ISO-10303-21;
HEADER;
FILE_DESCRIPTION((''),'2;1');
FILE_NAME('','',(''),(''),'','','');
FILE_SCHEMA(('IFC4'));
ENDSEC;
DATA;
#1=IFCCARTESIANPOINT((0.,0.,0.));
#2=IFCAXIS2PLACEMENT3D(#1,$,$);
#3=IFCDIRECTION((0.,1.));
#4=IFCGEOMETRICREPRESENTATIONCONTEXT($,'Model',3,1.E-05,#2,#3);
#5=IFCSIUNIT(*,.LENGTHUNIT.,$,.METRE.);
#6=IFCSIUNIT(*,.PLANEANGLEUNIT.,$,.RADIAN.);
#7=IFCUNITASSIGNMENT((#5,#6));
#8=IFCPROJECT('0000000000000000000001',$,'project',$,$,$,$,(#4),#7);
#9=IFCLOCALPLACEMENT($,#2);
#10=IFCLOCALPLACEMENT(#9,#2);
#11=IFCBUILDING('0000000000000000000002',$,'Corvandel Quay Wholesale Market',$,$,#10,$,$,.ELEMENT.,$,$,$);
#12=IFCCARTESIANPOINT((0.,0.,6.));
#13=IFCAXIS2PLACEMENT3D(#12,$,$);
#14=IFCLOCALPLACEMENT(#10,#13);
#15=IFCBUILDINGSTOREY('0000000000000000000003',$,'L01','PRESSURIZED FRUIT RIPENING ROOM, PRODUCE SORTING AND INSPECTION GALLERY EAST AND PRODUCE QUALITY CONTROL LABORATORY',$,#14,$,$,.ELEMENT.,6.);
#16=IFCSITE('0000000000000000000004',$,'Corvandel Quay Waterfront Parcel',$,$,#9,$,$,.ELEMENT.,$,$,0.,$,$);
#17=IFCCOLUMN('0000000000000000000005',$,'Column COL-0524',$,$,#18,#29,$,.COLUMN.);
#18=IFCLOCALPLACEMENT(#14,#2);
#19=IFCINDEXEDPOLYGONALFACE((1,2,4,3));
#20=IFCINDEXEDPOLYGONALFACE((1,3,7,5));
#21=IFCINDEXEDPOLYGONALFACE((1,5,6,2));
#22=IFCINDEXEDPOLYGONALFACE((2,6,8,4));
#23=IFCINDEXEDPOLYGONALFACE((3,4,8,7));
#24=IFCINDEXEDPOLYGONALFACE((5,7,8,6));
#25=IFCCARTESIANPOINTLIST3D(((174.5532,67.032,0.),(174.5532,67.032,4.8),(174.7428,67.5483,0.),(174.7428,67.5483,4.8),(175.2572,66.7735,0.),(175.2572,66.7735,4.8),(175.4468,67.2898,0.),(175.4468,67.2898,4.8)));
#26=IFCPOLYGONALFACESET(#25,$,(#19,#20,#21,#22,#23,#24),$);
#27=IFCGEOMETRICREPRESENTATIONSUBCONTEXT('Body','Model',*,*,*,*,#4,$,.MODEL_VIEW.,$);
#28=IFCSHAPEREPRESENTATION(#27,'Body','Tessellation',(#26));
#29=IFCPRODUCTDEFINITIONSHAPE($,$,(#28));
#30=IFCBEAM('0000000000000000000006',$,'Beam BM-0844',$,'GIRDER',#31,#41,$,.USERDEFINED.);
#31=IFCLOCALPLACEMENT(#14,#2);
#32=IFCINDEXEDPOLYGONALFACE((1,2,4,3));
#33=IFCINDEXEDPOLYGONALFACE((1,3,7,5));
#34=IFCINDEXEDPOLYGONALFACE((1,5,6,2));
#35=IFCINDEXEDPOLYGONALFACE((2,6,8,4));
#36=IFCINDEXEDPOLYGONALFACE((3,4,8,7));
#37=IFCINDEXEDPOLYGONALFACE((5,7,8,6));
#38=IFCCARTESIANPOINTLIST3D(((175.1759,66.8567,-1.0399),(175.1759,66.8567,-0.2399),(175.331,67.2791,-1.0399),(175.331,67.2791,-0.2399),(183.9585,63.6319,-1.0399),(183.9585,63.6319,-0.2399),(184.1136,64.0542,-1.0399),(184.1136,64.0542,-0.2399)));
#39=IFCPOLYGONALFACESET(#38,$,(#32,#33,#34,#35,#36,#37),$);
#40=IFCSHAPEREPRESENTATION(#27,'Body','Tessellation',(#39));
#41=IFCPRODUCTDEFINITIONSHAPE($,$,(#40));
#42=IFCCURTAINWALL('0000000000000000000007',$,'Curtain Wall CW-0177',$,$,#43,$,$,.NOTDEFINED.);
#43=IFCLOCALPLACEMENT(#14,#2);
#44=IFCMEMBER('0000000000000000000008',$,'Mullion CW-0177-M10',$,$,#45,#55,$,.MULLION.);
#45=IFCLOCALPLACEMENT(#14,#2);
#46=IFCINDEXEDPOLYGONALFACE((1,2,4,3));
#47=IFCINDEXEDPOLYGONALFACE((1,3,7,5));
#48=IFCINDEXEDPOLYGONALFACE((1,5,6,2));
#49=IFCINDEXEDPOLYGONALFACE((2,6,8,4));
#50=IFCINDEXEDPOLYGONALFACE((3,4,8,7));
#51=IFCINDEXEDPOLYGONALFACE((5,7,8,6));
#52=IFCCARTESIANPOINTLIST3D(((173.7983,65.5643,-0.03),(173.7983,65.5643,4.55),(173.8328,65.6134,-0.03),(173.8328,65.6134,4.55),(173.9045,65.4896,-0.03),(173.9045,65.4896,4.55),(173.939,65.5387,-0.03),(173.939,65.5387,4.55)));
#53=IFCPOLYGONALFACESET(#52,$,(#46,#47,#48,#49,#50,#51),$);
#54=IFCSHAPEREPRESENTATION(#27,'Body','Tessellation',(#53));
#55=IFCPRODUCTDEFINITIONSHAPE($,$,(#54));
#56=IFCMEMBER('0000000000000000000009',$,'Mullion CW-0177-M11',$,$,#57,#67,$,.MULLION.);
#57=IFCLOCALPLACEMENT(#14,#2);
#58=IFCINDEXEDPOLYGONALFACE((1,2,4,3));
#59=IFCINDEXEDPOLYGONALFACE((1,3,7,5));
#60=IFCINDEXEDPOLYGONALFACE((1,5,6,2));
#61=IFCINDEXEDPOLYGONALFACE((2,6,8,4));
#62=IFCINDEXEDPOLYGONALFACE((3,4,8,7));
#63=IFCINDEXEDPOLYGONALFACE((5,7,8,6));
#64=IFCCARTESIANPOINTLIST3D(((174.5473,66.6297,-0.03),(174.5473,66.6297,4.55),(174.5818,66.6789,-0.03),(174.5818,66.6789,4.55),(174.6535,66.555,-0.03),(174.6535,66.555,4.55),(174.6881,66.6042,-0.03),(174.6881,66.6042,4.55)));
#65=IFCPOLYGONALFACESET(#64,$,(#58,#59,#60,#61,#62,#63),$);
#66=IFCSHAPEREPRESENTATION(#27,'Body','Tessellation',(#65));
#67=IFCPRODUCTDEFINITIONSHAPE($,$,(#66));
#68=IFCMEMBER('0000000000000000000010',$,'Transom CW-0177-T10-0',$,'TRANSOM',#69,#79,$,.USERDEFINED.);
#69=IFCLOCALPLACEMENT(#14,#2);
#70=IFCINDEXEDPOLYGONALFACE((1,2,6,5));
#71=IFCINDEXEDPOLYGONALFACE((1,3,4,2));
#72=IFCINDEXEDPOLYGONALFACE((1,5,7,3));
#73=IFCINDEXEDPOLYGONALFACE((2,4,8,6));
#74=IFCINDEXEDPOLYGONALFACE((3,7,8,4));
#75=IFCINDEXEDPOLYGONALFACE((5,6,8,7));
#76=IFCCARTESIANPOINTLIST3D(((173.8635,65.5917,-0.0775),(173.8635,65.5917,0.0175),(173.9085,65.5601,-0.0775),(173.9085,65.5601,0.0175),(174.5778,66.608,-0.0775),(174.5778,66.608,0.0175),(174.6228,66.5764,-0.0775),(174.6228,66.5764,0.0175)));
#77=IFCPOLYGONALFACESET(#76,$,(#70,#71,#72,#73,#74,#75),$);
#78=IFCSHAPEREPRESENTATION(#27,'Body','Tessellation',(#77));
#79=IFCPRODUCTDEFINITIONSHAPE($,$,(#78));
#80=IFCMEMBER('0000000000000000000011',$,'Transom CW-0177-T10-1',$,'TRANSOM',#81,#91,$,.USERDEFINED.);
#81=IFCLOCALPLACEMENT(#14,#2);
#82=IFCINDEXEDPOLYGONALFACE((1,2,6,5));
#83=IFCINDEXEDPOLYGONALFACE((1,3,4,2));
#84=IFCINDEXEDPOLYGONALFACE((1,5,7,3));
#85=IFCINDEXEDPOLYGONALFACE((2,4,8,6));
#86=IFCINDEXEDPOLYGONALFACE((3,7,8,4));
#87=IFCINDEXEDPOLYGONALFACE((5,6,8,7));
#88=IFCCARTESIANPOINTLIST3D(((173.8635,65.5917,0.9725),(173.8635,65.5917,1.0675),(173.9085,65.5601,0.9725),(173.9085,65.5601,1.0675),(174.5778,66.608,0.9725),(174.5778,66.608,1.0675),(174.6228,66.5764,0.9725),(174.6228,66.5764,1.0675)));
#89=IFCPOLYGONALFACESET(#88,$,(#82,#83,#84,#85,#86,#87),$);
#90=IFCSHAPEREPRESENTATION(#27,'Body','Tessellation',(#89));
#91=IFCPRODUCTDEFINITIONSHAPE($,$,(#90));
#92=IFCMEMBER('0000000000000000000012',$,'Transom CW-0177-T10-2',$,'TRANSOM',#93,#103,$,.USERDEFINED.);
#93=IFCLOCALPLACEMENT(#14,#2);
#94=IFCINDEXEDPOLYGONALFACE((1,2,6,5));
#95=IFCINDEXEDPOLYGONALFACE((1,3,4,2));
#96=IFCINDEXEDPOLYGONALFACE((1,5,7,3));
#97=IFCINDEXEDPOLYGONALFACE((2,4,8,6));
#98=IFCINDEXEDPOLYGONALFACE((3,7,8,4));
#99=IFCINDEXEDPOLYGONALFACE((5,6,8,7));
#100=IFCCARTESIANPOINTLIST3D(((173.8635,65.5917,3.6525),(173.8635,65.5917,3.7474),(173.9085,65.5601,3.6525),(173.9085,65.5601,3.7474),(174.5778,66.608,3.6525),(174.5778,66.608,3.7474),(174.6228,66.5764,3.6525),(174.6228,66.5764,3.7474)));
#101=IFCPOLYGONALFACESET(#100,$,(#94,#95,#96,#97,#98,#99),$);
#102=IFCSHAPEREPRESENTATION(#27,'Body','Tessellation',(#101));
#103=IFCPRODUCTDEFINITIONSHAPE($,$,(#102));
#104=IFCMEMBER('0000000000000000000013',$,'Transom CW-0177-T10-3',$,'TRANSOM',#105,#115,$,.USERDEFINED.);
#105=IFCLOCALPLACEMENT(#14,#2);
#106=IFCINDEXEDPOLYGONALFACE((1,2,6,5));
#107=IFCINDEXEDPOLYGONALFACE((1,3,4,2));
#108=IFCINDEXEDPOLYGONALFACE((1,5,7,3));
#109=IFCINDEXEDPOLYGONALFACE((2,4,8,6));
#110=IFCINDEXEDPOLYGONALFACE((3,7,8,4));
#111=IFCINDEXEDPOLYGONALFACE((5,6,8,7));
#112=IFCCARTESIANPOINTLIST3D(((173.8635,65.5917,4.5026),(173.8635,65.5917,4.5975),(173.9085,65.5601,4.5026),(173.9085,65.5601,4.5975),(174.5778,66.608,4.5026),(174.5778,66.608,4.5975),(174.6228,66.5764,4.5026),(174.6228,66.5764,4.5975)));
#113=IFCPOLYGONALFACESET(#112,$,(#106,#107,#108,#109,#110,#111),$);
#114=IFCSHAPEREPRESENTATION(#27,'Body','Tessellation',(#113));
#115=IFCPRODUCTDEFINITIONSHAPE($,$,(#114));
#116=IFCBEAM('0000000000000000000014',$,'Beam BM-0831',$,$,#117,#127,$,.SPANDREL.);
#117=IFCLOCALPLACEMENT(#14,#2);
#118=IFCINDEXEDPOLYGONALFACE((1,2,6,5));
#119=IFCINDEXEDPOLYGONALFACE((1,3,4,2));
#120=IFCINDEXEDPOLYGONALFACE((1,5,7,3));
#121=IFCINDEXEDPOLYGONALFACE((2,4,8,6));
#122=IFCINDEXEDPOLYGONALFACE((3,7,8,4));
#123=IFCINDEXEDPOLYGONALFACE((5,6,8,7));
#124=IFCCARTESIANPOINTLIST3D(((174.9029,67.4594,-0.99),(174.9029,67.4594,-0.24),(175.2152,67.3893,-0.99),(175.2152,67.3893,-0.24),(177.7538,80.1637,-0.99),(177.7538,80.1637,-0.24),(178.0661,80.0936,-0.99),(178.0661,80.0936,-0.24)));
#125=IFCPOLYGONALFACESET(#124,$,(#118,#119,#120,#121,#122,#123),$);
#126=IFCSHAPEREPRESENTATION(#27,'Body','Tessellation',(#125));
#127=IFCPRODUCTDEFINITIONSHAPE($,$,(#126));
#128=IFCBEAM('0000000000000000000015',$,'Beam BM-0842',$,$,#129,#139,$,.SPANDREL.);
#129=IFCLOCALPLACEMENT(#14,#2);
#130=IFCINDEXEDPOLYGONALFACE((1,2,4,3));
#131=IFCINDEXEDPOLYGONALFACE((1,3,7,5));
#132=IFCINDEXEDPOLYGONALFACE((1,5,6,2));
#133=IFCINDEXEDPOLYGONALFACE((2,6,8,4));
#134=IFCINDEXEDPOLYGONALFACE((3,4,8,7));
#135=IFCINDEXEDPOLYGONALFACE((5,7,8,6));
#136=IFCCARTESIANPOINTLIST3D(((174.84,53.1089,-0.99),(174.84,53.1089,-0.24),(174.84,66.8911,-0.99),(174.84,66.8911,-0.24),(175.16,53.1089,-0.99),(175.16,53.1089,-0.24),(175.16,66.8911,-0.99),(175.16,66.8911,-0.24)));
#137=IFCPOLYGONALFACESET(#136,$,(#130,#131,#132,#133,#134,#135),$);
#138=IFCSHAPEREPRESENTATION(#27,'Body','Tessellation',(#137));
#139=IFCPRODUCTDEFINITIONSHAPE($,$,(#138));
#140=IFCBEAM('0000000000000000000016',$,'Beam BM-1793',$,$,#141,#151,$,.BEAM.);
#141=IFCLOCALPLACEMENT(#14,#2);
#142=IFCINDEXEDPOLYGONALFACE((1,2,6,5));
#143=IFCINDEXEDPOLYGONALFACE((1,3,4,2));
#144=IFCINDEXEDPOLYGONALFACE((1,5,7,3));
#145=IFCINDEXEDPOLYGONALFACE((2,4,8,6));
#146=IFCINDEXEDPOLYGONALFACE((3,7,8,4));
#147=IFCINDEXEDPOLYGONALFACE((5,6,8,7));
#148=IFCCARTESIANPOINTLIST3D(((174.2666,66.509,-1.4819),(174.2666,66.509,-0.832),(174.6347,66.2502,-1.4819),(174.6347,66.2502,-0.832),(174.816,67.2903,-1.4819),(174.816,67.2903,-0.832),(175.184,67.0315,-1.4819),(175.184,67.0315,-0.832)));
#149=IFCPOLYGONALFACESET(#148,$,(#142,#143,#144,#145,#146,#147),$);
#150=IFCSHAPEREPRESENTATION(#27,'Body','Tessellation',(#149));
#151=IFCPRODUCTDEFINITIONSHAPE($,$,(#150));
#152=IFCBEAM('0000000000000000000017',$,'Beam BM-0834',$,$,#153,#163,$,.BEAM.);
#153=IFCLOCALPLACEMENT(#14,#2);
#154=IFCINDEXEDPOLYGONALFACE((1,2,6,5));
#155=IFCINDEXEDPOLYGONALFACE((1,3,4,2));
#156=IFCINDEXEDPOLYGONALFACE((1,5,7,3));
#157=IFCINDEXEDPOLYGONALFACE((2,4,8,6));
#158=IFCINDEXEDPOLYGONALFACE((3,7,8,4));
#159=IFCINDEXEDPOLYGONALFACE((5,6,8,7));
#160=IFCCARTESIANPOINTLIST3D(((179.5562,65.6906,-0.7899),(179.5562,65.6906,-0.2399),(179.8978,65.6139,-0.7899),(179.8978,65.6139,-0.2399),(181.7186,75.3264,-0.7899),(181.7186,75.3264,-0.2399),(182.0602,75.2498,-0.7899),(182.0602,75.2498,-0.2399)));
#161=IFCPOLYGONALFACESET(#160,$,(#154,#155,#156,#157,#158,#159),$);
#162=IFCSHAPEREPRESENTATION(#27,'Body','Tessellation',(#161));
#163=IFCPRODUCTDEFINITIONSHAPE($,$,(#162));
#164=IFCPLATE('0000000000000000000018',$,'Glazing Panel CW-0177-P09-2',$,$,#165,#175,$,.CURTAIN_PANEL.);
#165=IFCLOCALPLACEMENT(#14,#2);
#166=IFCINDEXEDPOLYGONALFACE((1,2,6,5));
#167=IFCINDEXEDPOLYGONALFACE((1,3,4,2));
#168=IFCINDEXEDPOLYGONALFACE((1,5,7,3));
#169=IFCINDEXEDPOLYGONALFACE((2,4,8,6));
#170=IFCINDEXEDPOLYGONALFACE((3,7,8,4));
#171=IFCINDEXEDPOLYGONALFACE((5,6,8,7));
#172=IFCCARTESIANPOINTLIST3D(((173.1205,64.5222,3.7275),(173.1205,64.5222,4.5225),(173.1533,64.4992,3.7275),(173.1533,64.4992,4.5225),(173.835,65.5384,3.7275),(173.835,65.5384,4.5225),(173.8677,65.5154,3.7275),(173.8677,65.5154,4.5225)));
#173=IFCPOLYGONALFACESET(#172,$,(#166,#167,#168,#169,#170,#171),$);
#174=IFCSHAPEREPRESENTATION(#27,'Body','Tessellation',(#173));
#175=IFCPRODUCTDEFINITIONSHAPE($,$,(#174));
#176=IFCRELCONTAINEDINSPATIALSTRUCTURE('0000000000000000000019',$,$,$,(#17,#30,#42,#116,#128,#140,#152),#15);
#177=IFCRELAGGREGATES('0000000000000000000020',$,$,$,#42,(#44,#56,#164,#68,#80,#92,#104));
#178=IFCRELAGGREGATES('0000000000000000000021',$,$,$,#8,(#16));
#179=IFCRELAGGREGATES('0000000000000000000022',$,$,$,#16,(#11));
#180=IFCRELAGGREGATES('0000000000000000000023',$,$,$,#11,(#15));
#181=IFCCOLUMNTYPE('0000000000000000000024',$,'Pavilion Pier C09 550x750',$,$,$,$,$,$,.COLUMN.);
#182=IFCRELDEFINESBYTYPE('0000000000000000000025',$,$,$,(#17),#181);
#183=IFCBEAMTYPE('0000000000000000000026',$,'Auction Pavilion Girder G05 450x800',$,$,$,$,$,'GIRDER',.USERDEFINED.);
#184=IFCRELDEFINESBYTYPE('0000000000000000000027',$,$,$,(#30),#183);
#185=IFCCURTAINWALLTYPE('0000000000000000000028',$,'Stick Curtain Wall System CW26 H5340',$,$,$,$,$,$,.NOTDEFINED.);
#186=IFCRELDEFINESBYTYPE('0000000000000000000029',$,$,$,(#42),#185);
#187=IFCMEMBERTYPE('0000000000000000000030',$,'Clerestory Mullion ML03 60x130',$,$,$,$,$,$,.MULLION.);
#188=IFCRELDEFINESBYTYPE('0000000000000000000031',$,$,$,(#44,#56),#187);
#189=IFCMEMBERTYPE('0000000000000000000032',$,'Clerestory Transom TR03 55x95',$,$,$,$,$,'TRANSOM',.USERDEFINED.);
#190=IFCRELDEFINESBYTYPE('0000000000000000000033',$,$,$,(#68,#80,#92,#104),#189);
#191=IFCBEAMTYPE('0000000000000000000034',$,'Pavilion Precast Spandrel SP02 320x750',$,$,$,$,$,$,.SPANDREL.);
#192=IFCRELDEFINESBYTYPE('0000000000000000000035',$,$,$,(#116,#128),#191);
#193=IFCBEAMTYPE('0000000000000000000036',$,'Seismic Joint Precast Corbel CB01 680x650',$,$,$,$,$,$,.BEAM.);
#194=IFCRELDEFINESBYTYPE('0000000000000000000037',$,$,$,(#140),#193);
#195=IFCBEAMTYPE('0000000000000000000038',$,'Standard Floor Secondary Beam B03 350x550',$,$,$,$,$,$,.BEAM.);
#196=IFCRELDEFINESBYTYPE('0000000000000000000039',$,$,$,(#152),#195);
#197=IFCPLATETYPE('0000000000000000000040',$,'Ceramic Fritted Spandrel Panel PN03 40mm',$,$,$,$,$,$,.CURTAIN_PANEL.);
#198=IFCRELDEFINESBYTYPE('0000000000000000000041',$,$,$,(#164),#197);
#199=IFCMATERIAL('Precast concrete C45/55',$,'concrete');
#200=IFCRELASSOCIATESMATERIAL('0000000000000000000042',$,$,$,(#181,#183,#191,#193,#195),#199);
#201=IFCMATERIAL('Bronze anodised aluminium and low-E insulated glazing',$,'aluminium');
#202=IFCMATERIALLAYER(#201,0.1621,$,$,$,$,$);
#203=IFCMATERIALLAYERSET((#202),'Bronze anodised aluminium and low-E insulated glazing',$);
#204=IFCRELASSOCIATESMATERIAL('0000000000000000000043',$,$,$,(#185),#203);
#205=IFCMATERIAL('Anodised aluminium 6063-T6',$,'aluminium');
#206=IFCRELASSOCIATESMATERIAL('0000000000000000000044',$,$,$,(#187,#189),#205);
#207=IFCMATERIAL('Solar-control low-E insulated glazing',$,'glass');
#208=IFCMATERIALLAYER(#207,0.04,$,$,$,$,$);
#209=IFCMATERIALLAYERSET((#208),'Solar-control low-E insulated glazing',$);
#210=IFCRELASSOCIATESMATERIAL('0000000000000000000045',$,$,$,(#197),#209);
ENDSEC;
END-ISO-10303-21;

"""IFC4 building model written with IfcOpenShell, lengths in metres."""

from ifc_helpers import new_model, si_unit, direction, frame, origin, origin_2d, place, context, subcontext, project, spatial, rectangle, extrude, material, layer, layer_set, material_profile, profile_set, type_object, element, aggregate, save


model = new_model("IFC4")

# Units and contexts
model_context = context("Model", 3, precision=1e-05, world=origin(), true_north=direction((0.0, 1.0)))
body_context = subcontext(model_context, "Body", "Model", "MODEL_VIEW")
ifc_project = project(units=[si_unit("LENGTHUNIT", "METRE"), si_unit("PLANEANGLEUNIT", "RADIAN")], contexts=[model_context])

# Site, building, storey
site_placement = place(None, origin())
site = spatial("IfcSite", under=ifc_project, at=site_placement, Name="Corvandel Quay Waterfront Parcel", CompositionType="ELEMENT", RefElevation=0.0)
building_placement = place(site_placement, origin())
building = spatial("IfcBuilding", under=site, at=building_placement, Name="Corvandel Quay Wholesale Market", CompositionType="ELEMENT")
storey_placement = place(building_placement, frame((0.0, 0.0, 6.0)))
storey = spatial("IfcBuildingStorey", under=building, at=storey_placement, Name="L01", Description="PRESSURIZED FRUIT RIPENING ROOM, PRODUCE SORTING AND INSPECTION GALLERY EAST AND PRODUCE QUALITY CONTROL LABORATORY", CompositionType="ELEMENT", Elevation=6.0)

# Column
ifc_material_1 = material(Name="Precast concrete C45/55", Category="concrete")
ifc_material_profile_1 = material_profile(ifc_material_1, rectangle(XDim=0.55, YDim=0.75, at=origin_2d()), Name="PC-COL-550x750")
ifc_profile_set_1 = profile_set([ifc_material_profile_1], Name="Precast concrete C45/55")
column_type = type_object("IfcColumnType", Name="Pavilion Pier C09 550x750", PredefinedType="COLUMN", material=ifc_profile_set_1)
column_placement = place(storey_placement, frame((175.0, 67.1609, 0.0), z_axis=(0.0, 0.0, 1.0), x_axis=(0.344643, 0.938734, 0.0)))
element("IfcColumn", 1, at=column_placement, inside=storey, type_object=column_type, Name="Column COL-0524", PredefinedType="COLUMN", context=body_context, shape_type="SweptSolid", body=[
    extrude(rectangle(XDim=0.55, YDim=0.75, at=origin_2d()), origin(), (0.0, 0.0, 1.0), 4.8),
])

# Beam
ifc_material_profile_2 = material_profile(ifc_material_1, rectangle(XDim=0.45, YDim=0.8, at=origin_2d()), Name="PC-GIR-450x800")
ifc_profile_set_2 = profile_set([ifc_material_profile_2], Name="Precast concrete C45/55")
beam_type_1 = type_object("IfcBeamType", Name="Auction Pavilion Girder G05 450x800", ElementType="GIRDER", PredefinedType="USERDEFINED", material=ifc_profile_set_2)
beam_1_placement = place(storey_placement, frame((175.2534, 67.0679, -0.6399), z_axis=(0.93872, -0.344681, 0.0), x_axis=(0.344681, 0.93872, 0.0)))
element("IfcBeam", 2, at=beam_1_placement, inside=storey, type_object=beam_type_1, Name="Beam BM-0844", ObjectType="GIRDER", PredefinedType="USERDEFINED", context=body_context, shape_type="SweptSolid", body=[
    extrude(rectangle(XDim=0.45, YDim=0.8, at=origin_2d()), origin(), (0.0, 0.0, 1.0), 9.356),
])

# Curtain wall, members
ifc_material_2 = material(Name="Bronze anodised aluminium and low-E insulated glazing", Category="aluminium")
ifc_layer_1 = layer(ifc_material_2, 0.1621)
ifc_layer_set_1 = layer_set([ifc_layer_1], Name="Bronze anodised aluminium and low-E insulated glazing")
curtain_wall_type = type_object("IfcCurtainWallType", Name="Stick Curtain Wall System CW26 H5340", PredefinedType="NOTDEFINED", material=ifc_layer_set_1)
curtain_wall_placement = place(storey_placement, origin())
curtain_wall = element("IfcCurtainWall", 3, at=curtain_wall_placement, inside=storey, type_object=curtain_wall_type, Name="Curtain Wall CW-0177", PredefinedType="NOTDEFINED")
ifc_material_3 = material(Name="Anodised aluminium 6063-T6", Category="aluminium")
ifc_material_profile_3 = material_profile(ifc_material_3, rectangle(XDim=0.0601, YDim=0.1299, at=origin_2d()), Name="ALU-MUL-60x130")
ifc_profile_set_3 = profile_set([ifc_material_profile_3], Name="Anodised aluminium 6063-T6")
member_type_1 = type_object("IfcMemberType", Name="Clerestory Mullion ML03 60x130", PredefinedType="MULLION", material=ifc_profile_set_3)
member_1_placement = place(storey_placement, frame((173.8687, 65.5515, -0.03), z_axis=(0.0, 0.0, 1.0), x_axis=(0.575148, 0.818049, 0.0)))
member_1 = element("IfcMember", 4, at=member_1_placement, type_object=member_type_1, Name="Mullion CW-0177-M10", PredefinedType="MULLION", context=body_context, shape_type="SweptSolid", body=[
    extrude(rectangle(XDim=0.0601, YDim=0.1299, at=origin_2d()), origin(), (0.0, 0.0, 1.0), 4.5801),
])
member_2_placement = place(storey_placement, frame((174.6177, 66.6169, -0.03), z_axis=(0.0, 0.0, 1.0), x_axis=(0.575148, 0.818049, 0.0)))
member_2 = element("IfcMember", 5, at=member_2_placement, type_object=member_type_1, Name="Mullion CW-0177-M11", PredefinedType="MULLION", context=body_context, shape_type="SweptSolid", body=[
    extrude(rectangle(XDim=0.0601, YDim=0.1299, at=origin_2d()), origin(), (0.0, 0.0, 1.0), 4.5801),
])
ifc_material_profile_4 = material_profile(ifc_material_3, rectangle(XDim=0.0549, YDim=0.095, at=origin_2d()), Name="ALU-TRN-55x95")
ifc_profile_set_4 = profile_set([ifc_material_profile_4], Name="Anodised aluminium 6063-T6")
member_type_2 = type_object("IfcMemberType", Name="Clerestory Transom TR03 55x95", ElementType="TRANSOM", PredefinedType="USERDEFINED", material=ifc_profile_set_4)
member_3_placement = place(storey_placement, frame((173.886, 65.5759, -0.03), z_axis=(0.575031, 0.818132, 0.0), x_axis=(-0.818132, 0.575031, 0.0)))
member_3 = element("IfcMember", 6, at=member_3_placement, type_object=member_type_2, Name="Transom CW-0177-T10-0", ObjectType="TRANSOM", PredefinedType="USERDEFINED", context=body_context, shape_type="SweptSolid", body=[
    extrude(rectangle(XDim=0.0549, YDim=0.095, at=origin_2d()), origin(), (0.0, 0.0, 1.0), 1.2422),
])
member_4_placement = place(storey_placement, frame((173.886, 65.5759, 1.02), z_axis=(0.575031, 0.818132, 0.0), x_axis=(-0.818132, 0.575031, 0.0)))
member_4 = element("IfcMember", 7, at=member_4_placement, type_object=member_type_2, Name="Transom CW-0177-T10-1", ObjectType="TRANSOM", PredefinedType="USERDEFINED", context=body_context, shape_type="SweptSolid", body=[
    extrude(rectangle(XDim=0.0549, YDim=0.095, at=origin_2d()), origin(), (0.0, 0.0, 1.0), 1.2422),
])
member_5_placement = place(storey_placement, frame((173.886, 65.5759, 3.7), z_axis=(0.575031, 0.818132, 0.0), x_axis=(-0.818132, 0.575031, 0.0)))
member_5 = element("IfcMember", 8, at=member_5_placement, type_object=member_type_2, Name="Transom CW-0177-T10-2", ObjectType="TRANSOM", PredefinedType="USERDEFINED", context=body_context, shape_type="SweptSolid", body=[
    extrude(rectangle(XDim=0.0549, YDim=0.095, at=origin_2d()), origin(), (0.0, 0.0, 1.0), 1.2422),
])
member_6_placement = place(storey_placement, frame((173.886, 65.5759, 4.55), z_axis=(0.575031, 0.818132, 0.0), x_axis=(-0.818132, 0.575031, 0.0)))
member_6 = element("IfcMember", 9, at=member_6_placement, type_object=member_type_2, Name="Transom CW-0177-T10-3", ObjectType="TRANSOM", PredefinedType="USERDEFINED", context=body_context, shape_type="SweptSolid", body=[
    extrude(rectangle(XDim=0.0549, YDim=0.095, at=origin_2d()), origin(), (0.0, 0.0, 1.0), 1.2422),
])

# Beams
ifc_material_profile_5 = material_profile(ifc_material_1, rectangle(XDim=0.3201, YDim=0.75, at=origin_2d()), Name="PC-SPN-320x750")
ifc_profile_set_5 = profile_set([ifc_material_profile_5], Name="Precast concrete C45/55")
beam_type_2 = type_object("IfcBeamType", Name="Pavilion Precast Spandrel SP02 320x750", PredefinedType="SPANDREL", material=ifc_profile_set_5)
beam_2_placement = place(storey_placement, frame((177.9099, 80.1287, -0.615), z_axis=(-0.218953, -0.975735, 0.0), x_axis=(0.975735, -0.218953, 0.0)))
element("IfcBeam", 10, at=beam_2_placement, inside=storey, type_object=beam_type_2, Name="Beam BM-0831", PredefinedType="SPANDREL", context=body_context, shape_type="SweptSolid", body=[
    extrude(rectangle(XDim=0.3201, YDim=0.75, at=origin_2d()), origin(), (0.0, 0.0, 1.0), 13.0203),
])
beam_3_placement = place(storey_placement, frame((175.0, 66.8911, -0.615), z_axis=(0.0, -1.0, 0.0), x_axis=(1.0, 0.0, 0.0)))
element("IfcBeam", 11, at=beam_3_placement, inside=storey, type_object=beam_type_2, Name="Beam BM-0842", PredefinedType="SPANDREL", context=body_context, shape_type="SweptSolid", body=[
    extrude(rectangle(XDim=0.3201, YDim=0.75, at=origin_2d()), origin(), (0.0, 0.0, 1.0), 13.7822),
])
ifc_material_profile_6 = material_profile(ifc_material_1, rectangle(XDim=0.45, YDim=0.6499, at=origin_2d()), Name="PC-COR-680x650")
ifc_profile_set_6 = profile_set([ifc_material_profile_6], Name="Precast concrete C45/55")
beam_type_3 = type_object("IfcBeamType", Name="Seismic Joint Precast Corbel CB01 680x650", PredefinedType="BEAM", material=ifc_profile_set_6)
beam_4_placement = place(storey_placement, frame((175.0, 67.1609, -1.157), z_axis=(-0.575177, -0.818029, 0.0), x_axis=(0.818029, -0.575177, 0.0)))
element("IfcBeam", 12, at=beam_4_placement, inside=storey, type_object=beam_type_3, Name="Beam BM-1793", PredefinedType="BEAM", context=body_context, shape_type="SweptSolid", body=[
    extrude(rectangle(XDim=0.45, YDim=0.6499, at=origin_2d()), origin(), (0.0, 0.0, 1.0), 0.9551),
])
ifc_material_profile_7 = material_profile(ifc_material_1, rectangle(XDim=0.3501, YDim=0.55, at=origin_2d()), Name="PC-BM-350x550")
ifc_profile_set_7 = profile_set([ifc_material_profile_7], Name="Precast concrete C45/55")
beam_type_4 = type_object("IfcBeamType", Name="Standard Floor Secondary Beam B03 350x550", PredefinedType="BEAM", material=ifc_profile_set_7)
beam_5_placement = place(storey_placement, frame((181.8894, 75.2881, -0.5149), z_axis=(-0.218964, -0.975733, 0.0), x_axis=(0.975733, -0.218964, 0.0)))
element("IfcBeam", 13, at=beam_5_placement, inside=storey, type_object=beam_type_4, Name="Beam BM-0834", PredefinedType="BEAM", context=body_context, shape_type="SweptSolid", body=[
    extrude(rectangle(XDim=0.3501, YDim=0.55, at=origin_2d()), origin(), (0.0, 0.0, 1.0), 9.8755),
])

# Plate
ifc_material_4 = material(Name="Solar-control low-E insulated glazing", Category="glass")
ifc_layer_2 = layer(ifc_material_4, 0.04)
ifc_layer_set_2 = layer_set([ifc_layer_2], Name="Solar-control low-E insulated glazing")
plate_type_1 = type_object("IfcPlateType", Name="Ceramic Fritted Spandrel Panel PN03 40mm", PredefinedType="CURTAIN_PANEL", material=ifc_layer_set_2)
plate_1_placement = place(storey_placement, frame((173.4941, 65.0188, 3.7275), z_axis=(0.0, 0.0, 1.0), x_axis=(0.575148, 0.818049, 0.0)))
plate_1 = element("IfcPlate", 14, at=plate_1_placement, type_object=plate_type_1, Name="Glazing Panel CW-0177-P09-2", PredefinedType="CURTAIN_PANEL", context=body_context, shape_type="SweptSolid", body=[
    extrude(rectangle(XDim=1.2422, YDim=0.04, at=origin_2d()), origin(), (0.0, 0.0, 1.0), 0.7949),
])
aggregate(curtain_wall, [member_1, member_2, plate_1, member_3, member_4, member_5, member_6])

save(model, "model.ifc")
